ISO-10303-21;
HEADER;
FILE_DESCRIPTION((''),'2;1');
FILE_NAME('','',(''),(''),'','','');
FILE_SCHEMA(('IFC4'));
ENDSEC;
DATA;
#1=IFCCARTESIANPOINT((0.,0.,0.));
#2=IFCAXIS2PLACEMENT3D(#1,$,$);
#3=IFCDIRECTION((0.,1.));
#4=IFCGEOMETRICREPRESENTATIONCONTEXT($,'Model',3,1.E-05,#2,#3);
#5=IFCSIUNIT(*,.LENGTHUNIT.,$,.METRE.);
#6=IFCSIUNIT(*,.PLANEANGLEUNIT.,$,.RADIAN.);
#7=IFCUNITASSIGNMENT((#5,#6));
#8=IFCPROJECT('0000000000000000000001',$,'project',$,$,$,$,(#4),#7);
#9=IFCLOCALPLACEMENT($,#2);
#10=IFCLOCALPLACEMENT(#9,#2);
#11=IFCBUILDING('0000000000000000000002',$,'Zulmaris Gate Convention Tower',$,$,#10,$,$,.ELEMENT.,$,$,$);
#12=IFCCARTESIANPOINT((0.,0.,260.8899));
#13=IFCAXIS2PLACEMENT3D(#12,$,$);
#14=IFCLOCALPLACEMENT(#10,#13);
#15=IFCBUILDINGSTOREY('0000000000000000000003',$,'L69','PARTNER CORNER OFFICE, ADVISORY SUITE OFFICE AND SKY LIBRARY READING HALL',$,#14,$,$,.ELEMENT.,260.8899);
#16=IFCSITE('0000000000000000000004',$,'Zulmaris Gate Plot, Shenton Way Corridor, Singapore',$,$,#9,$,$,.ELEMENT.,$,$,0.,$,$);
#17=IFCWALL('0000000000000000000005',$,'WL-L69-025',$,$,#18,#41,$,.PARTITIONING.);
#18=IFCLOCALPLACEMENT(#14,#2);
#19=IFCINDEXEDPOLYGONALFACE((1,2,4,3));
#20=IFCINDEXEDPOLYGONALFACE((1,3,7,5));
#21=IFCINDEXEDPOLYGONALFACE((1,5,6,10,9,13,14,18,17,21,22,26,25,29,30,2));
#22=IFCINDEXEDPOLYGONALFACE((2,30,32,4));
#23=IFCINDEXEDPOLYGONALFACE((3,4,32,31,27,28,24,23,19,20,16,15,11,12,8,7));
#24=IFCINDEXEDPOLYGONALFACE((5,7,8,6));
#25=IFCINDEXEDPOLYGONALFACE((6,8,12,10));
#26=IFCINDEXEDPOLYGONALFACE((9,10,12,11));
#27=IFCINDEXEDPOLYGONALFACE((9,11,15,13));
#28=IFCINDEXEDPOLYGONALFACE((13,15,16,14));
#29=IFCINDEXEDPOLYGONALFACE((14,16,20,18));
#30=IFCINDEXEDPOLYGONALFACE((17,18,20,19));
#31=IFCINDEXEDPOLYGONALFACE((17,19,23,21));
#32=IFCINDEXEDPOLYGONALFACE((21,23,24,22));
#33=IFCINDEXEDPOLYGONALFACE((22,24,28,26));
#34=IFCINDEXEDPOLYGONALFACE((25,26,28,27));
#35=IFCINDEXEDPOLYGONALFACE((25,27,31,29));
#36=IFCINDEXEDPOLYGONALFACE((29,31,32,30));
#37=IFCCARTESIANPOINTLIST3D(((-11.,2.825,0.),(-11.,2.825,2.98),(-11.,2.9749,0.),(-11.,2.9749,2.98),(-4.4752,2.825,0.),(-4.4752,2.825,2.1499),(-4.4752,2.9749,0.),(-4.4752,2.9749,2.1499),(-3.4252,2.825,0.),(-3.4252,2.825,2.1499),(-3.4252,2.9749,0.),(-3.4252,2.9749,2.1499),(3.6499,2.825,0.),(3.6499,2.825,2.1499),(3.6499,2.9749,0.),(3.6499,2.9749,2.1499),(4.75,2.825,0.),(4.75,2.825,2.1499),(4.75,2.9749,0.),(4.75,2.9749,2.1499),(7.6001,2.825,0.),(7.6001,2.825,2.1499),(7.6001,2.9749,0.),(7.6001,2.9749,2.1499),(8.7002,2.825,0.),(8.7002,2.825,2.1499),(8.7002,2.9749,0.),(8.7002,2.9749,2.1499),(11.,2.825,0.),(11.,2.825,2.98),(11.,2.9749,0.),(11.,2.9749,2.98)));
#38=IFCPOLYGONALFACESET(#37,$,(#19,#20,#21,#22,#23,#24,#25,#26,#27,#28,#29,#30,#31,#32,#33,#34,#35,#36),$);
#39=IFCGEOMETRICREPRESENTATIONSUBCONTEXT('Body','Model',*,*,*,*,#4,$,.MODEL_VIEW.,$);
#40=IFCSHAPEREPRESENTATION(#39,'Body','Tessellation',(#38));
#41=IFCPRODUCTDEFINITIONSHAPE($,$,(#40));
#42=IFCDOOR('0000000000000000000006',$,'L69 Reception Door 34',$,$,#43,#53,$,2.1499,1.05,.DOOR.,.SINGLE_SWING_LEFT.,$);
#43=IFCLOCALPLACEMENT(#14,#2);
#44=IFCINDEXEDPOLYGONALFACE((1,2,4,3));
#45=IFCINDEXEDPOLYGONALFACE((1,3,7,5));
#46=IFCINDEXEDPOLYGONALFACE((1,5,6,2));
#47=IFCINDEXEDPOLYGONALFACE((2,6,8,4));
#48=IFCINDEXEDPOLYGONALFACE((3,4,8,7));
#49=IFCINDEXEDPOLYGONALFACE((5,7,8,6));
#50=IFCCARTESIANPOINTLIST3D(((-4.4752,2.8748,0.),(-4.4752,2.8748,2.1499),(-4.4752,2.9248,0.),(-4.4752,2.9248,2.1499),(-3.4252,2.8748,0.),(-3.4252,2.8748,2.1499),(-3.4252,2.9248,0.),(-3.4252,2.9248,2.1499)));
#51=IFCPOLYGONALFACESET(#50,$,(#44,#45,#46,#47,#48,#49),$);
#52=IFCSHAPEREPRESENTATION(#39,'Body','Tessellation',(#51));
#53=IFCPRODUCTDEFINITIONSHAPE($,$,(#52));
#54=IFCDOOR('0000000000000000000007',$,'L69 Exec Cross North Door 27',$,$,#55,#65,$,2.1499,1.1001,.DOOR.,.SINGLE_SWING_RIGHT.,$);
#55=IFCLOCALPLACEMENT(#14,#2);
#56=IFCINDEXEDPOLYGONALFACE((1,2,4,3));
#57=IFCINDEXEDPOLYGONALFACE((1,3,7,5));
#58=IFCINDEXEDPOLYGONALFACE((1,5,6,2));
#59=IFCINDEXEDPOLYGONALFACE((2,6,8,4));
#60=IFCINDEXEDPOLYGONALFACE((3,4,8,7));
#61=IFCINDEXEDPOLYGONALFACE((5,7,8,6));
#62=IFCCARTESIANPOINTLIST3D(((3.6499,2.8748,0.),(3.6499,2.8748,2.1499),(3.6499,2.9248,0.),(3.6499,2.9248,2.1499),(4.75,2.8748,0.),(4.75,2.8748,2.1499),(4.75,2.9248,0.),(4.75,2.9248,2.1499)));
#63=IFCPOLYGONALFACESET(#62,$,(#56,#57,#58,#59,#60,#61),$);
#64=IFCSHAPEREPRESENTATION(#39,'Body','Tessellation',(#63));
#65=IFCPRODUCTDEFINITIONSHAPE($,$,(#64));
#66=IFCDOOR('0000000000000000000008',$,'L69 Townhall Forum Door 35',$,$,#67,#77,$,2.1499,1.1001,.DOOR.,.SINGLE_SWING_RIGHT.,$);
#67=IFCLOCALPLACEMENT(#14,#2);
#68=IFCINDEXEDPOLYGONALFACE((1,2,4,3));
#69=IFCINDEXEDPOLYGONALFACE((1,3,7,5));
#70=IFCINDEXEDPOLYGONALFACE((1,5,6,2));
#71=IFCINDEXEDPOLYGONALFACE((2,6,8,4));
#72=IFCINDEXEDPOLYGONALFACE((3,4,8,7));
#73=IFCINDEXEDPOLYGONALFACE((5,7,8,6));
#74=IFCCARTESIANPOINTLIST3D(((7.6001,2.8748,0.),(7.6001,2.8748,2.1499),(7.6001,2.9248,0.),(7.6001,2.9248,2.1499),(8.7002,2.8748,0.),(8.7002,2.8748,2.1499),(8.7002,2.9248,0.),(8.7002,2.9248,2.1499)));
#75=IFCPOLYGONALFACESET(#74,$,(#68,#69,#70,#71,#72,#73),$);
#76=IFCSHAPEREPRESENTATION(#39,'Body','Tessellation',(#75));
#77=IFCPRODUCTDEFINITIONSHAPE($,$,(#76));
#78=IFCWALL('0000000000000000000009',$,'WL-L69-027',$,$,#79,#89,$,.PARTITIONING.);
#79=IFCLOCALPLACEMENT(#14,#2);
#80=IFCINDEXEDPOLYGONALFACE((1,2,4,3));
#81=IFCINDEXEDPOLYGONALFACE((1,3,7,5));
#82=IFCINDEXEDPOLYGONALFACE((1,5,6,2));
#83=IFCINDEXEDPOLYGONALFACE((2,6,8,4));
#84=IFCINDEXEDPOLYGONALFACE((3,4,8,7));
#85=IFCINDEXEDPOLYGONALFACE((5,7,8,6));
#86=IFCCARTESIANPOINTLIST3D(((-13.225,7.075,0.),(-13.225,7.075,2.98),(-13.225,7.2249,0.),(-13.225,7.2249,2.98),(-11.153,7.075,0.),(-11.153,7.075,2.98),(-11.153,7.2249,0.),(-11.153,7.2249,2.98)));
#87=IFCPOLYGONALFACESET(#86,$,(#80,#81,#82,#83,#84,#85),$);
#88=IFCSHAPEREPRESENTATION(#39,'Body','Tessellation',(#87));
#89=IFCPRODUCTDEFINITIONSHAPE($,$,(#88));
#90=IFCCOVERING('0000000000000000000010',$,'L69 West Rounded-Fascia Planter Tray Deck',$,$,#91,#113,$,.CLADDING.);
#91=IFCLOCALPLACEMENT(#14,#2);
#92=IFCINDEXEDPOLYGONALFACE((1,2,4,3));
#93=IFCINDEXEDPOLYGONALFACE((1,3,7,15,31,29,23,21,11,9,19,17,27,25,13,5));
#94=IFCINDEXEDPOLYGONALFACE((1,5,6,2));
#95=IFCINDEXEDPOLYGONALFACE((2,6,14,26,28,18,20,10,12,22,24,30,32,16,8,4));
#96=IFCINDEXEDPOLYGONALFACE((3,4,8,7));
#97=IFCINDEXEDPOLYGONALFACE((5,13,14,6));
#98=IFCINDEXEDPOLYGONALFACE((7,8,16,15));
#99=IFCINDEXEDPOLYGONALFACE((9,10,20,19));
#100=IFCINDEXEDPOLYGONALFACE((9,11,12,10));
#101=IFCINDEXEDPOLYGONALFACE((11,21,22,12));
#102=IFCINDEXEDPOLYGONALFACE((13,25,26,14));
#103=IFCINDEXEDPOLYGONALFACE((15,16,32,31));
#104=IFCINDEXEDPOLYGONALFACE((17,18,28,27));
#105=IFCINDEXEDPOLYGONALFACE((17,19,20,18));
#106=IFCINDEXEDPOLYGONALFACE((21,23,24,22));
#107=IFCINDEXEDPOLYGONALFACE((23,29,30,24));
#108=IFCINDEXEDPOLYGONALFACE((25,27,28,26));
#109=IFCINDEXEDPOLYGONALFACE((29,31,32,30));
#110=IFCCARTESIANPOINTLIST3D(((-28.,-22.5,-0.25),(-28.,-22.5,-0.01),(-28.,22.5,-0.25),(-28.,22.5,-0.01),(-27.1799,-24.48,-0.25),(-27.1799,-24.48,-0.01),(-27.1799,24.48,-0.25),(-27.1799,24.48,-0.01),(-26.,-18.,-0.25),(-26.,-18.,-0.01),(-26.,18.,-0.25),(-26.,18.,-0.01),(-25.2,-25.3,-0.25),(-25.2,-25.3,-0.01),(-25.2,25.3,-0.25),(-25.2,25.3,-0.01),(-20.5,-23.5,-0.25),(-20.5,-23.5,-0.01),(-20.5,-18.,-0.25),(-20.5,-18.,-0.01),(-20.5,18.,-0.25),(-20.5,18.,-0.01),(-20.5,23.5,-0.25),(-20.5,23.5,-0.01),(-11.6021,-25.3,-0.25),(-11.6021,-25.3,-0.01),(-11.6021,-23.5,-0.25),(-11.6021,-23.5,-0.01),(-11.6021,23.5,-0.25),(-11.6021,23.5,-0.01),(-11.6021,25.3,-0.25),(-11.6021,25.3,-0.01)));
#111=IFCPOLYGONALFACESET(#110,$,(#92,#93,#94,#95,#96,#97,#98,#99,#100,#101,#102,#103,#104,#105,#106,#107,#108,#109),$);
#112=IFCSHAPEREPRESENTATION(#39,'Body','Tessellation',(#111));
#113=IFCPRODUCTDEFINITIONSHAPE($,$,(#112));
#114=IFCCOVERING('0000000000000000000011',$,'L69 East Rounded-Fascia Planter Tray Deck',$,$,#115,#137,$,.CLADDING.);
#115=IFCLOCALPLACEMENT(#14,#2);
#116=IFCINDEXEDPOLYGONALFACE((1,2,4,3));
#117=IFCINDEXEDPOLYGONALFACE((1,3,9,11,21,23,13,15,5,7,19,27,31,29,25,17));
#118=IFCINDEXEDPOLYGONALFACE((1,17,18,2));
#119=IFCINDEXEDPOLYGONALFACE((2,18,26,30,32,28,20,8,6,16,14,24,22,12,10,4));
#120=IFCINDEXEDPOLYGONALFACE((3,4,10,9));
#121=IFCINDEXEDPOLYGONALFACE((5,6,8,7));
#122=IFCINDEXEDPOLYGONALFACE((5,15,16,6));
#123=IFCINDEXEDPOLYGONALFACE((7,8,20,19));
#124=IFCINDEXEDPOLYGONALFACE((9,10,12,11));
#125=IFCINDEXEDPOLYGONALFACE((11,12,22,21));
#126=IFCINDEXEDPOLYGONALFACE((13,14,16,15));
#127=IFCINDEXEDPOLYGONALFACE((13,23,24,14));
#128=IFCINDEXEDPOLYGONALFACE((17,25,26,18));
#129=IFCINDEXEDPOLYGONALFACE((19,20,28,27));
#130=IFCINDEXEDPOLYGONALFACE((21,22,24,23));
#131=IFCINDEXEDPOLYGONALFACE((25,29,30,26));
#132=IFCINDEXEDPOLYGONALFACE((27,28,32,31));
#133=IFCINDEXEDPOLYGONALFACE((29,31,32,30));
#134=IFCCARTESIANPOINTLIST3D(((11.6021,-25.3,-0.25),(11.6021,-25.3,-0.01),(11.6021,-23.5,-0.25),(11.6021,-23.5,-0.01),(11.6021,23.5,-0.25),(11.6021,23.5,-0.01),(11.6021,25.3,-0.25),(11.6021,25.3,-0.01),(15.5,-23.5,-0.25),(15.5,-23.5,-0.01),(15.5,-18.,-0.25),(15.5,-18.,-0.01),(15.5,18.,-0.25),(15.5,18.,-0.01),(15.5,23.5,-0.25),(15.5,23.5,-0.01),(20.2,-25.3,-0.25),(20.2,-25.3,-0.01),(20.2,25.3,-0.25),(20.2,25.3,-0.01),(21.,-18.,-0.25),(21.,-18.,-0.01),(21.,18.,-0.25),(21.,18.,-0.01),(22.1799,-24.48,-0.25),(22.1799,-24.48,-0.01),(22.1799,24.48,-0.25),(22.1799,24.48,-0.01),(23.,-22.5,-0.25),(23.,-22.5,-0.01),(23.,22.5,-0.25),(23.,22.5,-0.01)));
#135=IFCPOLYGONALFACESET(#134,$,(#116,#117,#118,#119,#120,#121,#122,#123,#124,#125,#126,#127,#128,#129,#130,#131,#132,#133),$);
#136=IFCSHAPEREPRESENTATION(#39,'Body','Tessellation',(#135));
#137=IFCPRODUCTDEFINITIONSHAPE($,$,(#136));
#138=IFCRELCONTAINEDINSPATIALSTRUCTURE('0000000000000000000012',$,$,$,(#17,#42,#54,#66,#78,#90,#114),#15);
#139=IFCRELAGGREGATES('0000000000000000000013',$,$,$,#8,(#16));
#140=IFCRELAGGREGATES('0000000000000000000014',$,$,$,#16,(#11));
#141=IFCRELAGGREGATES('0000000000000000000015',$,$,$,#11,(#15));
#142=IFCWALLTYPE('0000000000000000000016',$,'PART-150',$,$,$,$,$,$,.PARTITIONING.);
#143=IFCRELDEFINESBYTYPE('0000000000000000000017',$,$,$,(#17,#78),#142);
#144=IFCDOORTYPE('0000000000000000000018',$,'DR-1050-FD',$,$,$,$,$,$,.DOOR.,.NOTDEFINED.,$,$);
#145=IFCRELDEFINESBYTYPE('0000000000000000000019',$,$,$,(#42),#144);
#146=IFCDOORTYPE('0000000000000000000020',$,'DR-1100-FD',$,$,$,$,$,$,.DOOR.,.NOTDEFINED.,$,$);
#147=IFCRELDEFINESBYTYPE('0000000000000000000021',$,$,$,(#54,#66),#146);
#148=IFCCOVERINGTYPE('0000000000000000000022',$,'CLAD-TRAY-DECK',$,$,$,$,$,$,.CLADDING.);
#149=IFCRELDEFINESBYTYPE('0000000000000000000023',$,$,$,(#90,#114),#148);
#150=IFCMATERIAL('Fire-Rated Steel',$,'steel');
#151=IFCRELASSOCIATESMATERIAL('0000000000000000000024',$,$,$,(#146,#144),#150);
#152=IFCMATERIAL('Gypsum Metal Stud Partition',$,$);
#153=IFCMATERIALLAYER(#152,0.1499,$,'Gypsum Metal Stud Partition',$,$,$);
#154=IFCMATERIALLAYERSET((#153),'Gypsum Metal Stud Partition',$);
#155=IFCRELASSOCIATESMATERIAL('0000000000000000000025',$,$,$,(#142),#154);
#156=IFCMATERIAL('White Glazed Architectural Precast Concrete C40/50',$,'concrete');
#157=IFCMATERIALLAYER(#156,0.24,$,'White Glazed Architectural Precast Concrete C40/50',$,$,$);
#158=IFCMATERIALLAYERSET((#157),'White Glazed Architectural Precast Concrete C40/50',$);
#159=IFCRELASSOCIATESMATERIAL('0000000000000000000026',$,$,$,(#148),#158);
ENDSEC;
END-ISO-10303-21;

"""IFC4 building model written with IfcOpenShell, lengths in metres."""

from ifc_helpers import new_model, si_unit, direction, frame, frame_2d, origin, place, context, subcontext, project, spatial, polyline, rectangle, outline, extrude, material, layer, layer_set, type_object, element, fill, save


model = new_model("IFC4")

# Units and contexts
model_context = context("Model", 3, precision=1e-05, world=origin(), true_north=direction((0.0, 1.0)))
body_context = subcontext(model_context, "Body", "Model", "MODEL_VIEW")
ifc_project = project(units=[si_unit("LENGTHUNIT", "METRE"), si_unit("PLANEANGLEUNIT", "RADIAN")], contexts=[model_context])

# Site, building, storey
site_placement = place(None, origin())
site = spatial("IfcSite", under=ifc_project, at=site_placement, Name="Zulmaris Gate Plot, Shenton Way Corridor, Singapore", CompositionType="ELEMENT", RefElevation=0.0)
building_placement = place(site_placement, origin())
building = spatial("IfcBuilding", under=site, at=building_placement, Name="Zulmaris Gate Convention Tower", CompositionType="ELEMENT")
storey_placement = place(building_placement, frame((0.0, 0.0, 260.8899)))
storey = spatial("IfcBuildingStorey", under=building, at=storey_placement, Name="L69", Description="PARTNER CORNER OFFICE, ADVISORY SUITE OFFICE AND SKY LIBRARY READING HALL", CompositionType="ELEMENT", Elevation=260.8899)

# Shared definitions
ifc_material_1 = material(Name="Fire-Rated Steel", Category="steel")
door_type_1 = type_object("IfcDoorType", Name="DR-1100-FD", OperationType="NOTDEFINED", PredefinedType="DOOR", material=ifc_material_1)

# Wall, openings, doors
ifc_material_2 = material(Name="Gypsum Metal Stud Partition")
ifc_layer_1 = layer(ifc_material_2, 0.1499, Name="Gypsum Metal Stud Partition")
ifc_layer_set_1 = layer_set([ifc_layer_1], Name="Gypsum Metal Stud Partition")
wall_type_1 = type_object("IfcWallType", Name="PART-150", PredefinedType="PARTITIONING", material=ifc_layer_set_1)
wall_1_placement = place(storey_placement, frame((-11.0, 2.8999, 0.0), z_axis=(0.0, 0.0, 1.0), x_axis=(1.0, 0.0, 0.0)))
wall_1 = element("IfcWall", 1, at=wall_1_placement, inside=storey, type_object=wall_type_1, Name="WL-L69-025", PredefinedType="PARTITIONING", context=body_context, shape_type="SweptSolid", body=[
    extrude(rectangle(XDim=22.0, YDim=0.1499, at=frame_2d((11.0, 0.0))), origin(), (0.0, 0.0, 1.0), 2.98),
])
opening_1_placement = place(wall_1_placement, frame((14.6499, 0.0, 0.0)))
opening_1 = element("IfcOpeningElement", 2, at=opening_1_placement, cuts=wall_1, PredefinedType="OPENING", context=body_context, shape_type="SweptSolid", body=[
    extrude(rectangle(XDim=1.1001, YDim=2.1499, at=frame_2d((0.55, 1.075))), frame((0.0, 0.085, 0.0), z_axis=(0.0, -1.0, 0.0), x_axis=(1.0, 0.0, 0.0)), (0.0, 0.0, 1.0), 0.1699),
])
opening_2_placement = place(wall_1_placement, frame((6.5249, 0.0, 0.0)))
opening_2 = element("IfcOpeningElement", 3, at=opening_2_placement, cuts=wall_1, PredefinedType="OPENING", context=body_context, shape_type="SweptSolid", body=[
    extrude(rectangle(XDim=1.05, YDim=2.1499, at=frame_2d((0.5249, 1.075))), frame((0.0, 0.085, 0.0), z_axis=(0.0, -1.0, 0.0), x_axis=(1.0, 0.0, 0.0)), (0.0, 0.0, 1.0), 0.1699),
])
opening_3_placement = place(wall_1_placement, frame((18.6001, 0.0, 0.0)))
opening_3 = element("IfcOpeningElement", 4, at=opening_3_placement, cuts=wall_1, PredefinedType="OPENING", context=body_context, shape_type="SweptSolid", body=[
    extrude(rectangle(XDim=1.1001, YDim=2.1499, at=frame_2d((0.55, 1.075))), frame((0.0, 0.085, 0.0), z_axis=(0.0, -1.0, 0.0), x_axis=(1.0, 0.0, 0.0)), (0.0, 0.0, 1.0), 0.1699),
])
door_type_2 = type_object("IfcDoorType", Name="DR-1050-FD", OperationType="NOTDEFINED", PredefinedType="DOOR", material=ifc_material_1)
door_1_placement = place(opening_2_placement, origin())
door_1 = element("IfcDoor", 5, at=door_1_placement, inside=storey, type_object=door_type_2, Name="L69 Reception Door 34", OperationType="SINGLE_SWING_LEFT", OverallHeight=2.1499, OverallWidth=1.05, PredefinedType="DOOR", context=body_context, shape_type="SweptSolid", body=[
    extrude(rectangle(XDim=1.05, YDim=2.1499, at=frame_2d((0.5249, 1.075))), frame((0.0, 0.0249, 0.0), z_axis=(0.0, -1.0, 0.0), x_axis=(1.0, 0.0, 0.0)), (0.0, 0.0, 1.0), 0.05),
])
fill(opening_2, door_1)
door_2_placement = place(opening_1_placement, origin())
door_2 = element("IfcDoor", 6, at=door_2_placement, inside=storey, type_object=door_type_1, Name="L69 Exec Cross North Door 27", OperationType="SINGLE_SWING_RIGHT", OverallHeight=2.1499, OverallWidth=1.1001, PredefinedType="DOOR", context=body_context, shape_type="SweptSolid", body=[
    extrude(rectangle(XDim=1.1001, YDim=2.1499, at=frame_2d((0.55, 1.075))), frame((0.0, 0.0249, 0.0), z_axis=(0.0, -1.0, 0.0), x_axis=(1.0, 0.0, 0.0)), (0.0, 0.0, 1.0), 0.05),
])
fill(opening_1, door_2)
door_3_placement = place(opening_3_placement, origin())
door_3 = element("IfcDoor", 7, at=door_3_placement, inside=storey, type_object=door_type_1, Name="L69 Townhall Forum Door 35", OperationType="SINGLE_SWING_RIGHT", OverallHeight=2.1499, OverallWidth=1.1001, PredefinedType="DOOR", context=body_context, shape_type="SweptSolid", body=[
    extrude(rectangle(XDim=1.1001, YDim=2.1499, at=frame_2d((0.55, 1.075))), frame((0.0, 0.0249, 0.0), z_axis=(0.0, -1.0, 0.0), x_axis=(1.0, 0.0, 0.0)), (0.0, 0.0, 1.0), 0.05),
])
fill(opening_3, door_3)

# Wall
wall_2_placement = place(storey_placement, frame((-13.2251, 7.1499, 0.0), z_axis=(0.0, 0.0, 1.0), x_axis=(1.0, 0.0, 0.0)))
element("IfcWall", 8, at=wall_2_placement, inside=storey, type_object=wall_type_1, Name="WL-L69-027", PredefinedType="PARTITIONING", context=body_context, shape_type="SweptSolid", body=[
    extrude(rectangle(XDim=2.072, YDim=0.1499, at=frame_2d((1.0361, 0.0))), origin(), (0.0, 0.0, 1.0), 2.98),
])

# Coverings
ifc_material_3 = material(Name="White Glazed Architectural Precast Concrete C40/50", Category="concrete")
ifc_layer_2 = layer(ifc_material_3, 0.24, Name="White Glazed Architectural Precast Concrete C40/50")
ifc_layer_set_2 = layer_set([ifc_layer_2], Name="White Glazed Architectural Precast Concrete C40/50")
covering_type = type_object("IfcCoveringType", Name="CLAD-TRAY-DECK", PredefinedType="CLADDING", material=ifc_layer_set_2)
covering_1_placement = place(storey_placement, frame((0.0, 0.0, -0.25)))
element("IfcCovering", 9, at=covering_1_placement, inside=storey, type_object=covering_type, Name="L69 West Rounded-Fascia Planter Tray Deck", PredefinedType="CLADDING", context=body_context, shape_type="SweptSolid", body=[
    extrude(outline(polyline([(-28.0, 22.5), (-27.1799, 24.48), (-25.2, 25.3), (-11.6021, 25.3), (-11.6021, 23.5), (-20.5, 23.5), (-20.5, 18.0), (-26.0, 18.0), (-26.0, -18.0), (-20.5, -18.0), (-20.5, -23.5), (-11.6021, -23.5), (-11.6021, -25.3), (-25.2, -25.3), (-27.1799, -24.48), (-28.0, -22.5), (-28.0, 22.5)])), origin(), (0.0, 0.0, 1.0), 0.24),
])
covering_2_placement = place(storey_placement, frame((0.0, 0.0, -0.25)))
element("IfcCovering", 10, at=covering_2_placement, inside=storey, type_object=covering_type, Name="L69 East Rounded-Fascia Planter Tray Deck", PredefinedType="CLADDING", context=body_context, shape_type="SweptSolid", body=[
    extrude(outline(polyline([(20.2, 25.3), (22.1799, 24.48), (23.0, 22.5), (23.0, -22.5), (22.1799, -24.48), (20.2, -25.3), (11.6021, -25.3), (11.6021, -23.5), (15.5, -23.5), (15.5, -18.0), (21.0, -18.0), (21.0, 18.0), (15.5, 18.0), (15.5, 23.5), (11.6021, 23.5), (11.6021, 25.3), (20.2, 25.3)])), origin(), (0.0, 0.0, 1.0), 0.24),
])

save(model, "model.ifc")
